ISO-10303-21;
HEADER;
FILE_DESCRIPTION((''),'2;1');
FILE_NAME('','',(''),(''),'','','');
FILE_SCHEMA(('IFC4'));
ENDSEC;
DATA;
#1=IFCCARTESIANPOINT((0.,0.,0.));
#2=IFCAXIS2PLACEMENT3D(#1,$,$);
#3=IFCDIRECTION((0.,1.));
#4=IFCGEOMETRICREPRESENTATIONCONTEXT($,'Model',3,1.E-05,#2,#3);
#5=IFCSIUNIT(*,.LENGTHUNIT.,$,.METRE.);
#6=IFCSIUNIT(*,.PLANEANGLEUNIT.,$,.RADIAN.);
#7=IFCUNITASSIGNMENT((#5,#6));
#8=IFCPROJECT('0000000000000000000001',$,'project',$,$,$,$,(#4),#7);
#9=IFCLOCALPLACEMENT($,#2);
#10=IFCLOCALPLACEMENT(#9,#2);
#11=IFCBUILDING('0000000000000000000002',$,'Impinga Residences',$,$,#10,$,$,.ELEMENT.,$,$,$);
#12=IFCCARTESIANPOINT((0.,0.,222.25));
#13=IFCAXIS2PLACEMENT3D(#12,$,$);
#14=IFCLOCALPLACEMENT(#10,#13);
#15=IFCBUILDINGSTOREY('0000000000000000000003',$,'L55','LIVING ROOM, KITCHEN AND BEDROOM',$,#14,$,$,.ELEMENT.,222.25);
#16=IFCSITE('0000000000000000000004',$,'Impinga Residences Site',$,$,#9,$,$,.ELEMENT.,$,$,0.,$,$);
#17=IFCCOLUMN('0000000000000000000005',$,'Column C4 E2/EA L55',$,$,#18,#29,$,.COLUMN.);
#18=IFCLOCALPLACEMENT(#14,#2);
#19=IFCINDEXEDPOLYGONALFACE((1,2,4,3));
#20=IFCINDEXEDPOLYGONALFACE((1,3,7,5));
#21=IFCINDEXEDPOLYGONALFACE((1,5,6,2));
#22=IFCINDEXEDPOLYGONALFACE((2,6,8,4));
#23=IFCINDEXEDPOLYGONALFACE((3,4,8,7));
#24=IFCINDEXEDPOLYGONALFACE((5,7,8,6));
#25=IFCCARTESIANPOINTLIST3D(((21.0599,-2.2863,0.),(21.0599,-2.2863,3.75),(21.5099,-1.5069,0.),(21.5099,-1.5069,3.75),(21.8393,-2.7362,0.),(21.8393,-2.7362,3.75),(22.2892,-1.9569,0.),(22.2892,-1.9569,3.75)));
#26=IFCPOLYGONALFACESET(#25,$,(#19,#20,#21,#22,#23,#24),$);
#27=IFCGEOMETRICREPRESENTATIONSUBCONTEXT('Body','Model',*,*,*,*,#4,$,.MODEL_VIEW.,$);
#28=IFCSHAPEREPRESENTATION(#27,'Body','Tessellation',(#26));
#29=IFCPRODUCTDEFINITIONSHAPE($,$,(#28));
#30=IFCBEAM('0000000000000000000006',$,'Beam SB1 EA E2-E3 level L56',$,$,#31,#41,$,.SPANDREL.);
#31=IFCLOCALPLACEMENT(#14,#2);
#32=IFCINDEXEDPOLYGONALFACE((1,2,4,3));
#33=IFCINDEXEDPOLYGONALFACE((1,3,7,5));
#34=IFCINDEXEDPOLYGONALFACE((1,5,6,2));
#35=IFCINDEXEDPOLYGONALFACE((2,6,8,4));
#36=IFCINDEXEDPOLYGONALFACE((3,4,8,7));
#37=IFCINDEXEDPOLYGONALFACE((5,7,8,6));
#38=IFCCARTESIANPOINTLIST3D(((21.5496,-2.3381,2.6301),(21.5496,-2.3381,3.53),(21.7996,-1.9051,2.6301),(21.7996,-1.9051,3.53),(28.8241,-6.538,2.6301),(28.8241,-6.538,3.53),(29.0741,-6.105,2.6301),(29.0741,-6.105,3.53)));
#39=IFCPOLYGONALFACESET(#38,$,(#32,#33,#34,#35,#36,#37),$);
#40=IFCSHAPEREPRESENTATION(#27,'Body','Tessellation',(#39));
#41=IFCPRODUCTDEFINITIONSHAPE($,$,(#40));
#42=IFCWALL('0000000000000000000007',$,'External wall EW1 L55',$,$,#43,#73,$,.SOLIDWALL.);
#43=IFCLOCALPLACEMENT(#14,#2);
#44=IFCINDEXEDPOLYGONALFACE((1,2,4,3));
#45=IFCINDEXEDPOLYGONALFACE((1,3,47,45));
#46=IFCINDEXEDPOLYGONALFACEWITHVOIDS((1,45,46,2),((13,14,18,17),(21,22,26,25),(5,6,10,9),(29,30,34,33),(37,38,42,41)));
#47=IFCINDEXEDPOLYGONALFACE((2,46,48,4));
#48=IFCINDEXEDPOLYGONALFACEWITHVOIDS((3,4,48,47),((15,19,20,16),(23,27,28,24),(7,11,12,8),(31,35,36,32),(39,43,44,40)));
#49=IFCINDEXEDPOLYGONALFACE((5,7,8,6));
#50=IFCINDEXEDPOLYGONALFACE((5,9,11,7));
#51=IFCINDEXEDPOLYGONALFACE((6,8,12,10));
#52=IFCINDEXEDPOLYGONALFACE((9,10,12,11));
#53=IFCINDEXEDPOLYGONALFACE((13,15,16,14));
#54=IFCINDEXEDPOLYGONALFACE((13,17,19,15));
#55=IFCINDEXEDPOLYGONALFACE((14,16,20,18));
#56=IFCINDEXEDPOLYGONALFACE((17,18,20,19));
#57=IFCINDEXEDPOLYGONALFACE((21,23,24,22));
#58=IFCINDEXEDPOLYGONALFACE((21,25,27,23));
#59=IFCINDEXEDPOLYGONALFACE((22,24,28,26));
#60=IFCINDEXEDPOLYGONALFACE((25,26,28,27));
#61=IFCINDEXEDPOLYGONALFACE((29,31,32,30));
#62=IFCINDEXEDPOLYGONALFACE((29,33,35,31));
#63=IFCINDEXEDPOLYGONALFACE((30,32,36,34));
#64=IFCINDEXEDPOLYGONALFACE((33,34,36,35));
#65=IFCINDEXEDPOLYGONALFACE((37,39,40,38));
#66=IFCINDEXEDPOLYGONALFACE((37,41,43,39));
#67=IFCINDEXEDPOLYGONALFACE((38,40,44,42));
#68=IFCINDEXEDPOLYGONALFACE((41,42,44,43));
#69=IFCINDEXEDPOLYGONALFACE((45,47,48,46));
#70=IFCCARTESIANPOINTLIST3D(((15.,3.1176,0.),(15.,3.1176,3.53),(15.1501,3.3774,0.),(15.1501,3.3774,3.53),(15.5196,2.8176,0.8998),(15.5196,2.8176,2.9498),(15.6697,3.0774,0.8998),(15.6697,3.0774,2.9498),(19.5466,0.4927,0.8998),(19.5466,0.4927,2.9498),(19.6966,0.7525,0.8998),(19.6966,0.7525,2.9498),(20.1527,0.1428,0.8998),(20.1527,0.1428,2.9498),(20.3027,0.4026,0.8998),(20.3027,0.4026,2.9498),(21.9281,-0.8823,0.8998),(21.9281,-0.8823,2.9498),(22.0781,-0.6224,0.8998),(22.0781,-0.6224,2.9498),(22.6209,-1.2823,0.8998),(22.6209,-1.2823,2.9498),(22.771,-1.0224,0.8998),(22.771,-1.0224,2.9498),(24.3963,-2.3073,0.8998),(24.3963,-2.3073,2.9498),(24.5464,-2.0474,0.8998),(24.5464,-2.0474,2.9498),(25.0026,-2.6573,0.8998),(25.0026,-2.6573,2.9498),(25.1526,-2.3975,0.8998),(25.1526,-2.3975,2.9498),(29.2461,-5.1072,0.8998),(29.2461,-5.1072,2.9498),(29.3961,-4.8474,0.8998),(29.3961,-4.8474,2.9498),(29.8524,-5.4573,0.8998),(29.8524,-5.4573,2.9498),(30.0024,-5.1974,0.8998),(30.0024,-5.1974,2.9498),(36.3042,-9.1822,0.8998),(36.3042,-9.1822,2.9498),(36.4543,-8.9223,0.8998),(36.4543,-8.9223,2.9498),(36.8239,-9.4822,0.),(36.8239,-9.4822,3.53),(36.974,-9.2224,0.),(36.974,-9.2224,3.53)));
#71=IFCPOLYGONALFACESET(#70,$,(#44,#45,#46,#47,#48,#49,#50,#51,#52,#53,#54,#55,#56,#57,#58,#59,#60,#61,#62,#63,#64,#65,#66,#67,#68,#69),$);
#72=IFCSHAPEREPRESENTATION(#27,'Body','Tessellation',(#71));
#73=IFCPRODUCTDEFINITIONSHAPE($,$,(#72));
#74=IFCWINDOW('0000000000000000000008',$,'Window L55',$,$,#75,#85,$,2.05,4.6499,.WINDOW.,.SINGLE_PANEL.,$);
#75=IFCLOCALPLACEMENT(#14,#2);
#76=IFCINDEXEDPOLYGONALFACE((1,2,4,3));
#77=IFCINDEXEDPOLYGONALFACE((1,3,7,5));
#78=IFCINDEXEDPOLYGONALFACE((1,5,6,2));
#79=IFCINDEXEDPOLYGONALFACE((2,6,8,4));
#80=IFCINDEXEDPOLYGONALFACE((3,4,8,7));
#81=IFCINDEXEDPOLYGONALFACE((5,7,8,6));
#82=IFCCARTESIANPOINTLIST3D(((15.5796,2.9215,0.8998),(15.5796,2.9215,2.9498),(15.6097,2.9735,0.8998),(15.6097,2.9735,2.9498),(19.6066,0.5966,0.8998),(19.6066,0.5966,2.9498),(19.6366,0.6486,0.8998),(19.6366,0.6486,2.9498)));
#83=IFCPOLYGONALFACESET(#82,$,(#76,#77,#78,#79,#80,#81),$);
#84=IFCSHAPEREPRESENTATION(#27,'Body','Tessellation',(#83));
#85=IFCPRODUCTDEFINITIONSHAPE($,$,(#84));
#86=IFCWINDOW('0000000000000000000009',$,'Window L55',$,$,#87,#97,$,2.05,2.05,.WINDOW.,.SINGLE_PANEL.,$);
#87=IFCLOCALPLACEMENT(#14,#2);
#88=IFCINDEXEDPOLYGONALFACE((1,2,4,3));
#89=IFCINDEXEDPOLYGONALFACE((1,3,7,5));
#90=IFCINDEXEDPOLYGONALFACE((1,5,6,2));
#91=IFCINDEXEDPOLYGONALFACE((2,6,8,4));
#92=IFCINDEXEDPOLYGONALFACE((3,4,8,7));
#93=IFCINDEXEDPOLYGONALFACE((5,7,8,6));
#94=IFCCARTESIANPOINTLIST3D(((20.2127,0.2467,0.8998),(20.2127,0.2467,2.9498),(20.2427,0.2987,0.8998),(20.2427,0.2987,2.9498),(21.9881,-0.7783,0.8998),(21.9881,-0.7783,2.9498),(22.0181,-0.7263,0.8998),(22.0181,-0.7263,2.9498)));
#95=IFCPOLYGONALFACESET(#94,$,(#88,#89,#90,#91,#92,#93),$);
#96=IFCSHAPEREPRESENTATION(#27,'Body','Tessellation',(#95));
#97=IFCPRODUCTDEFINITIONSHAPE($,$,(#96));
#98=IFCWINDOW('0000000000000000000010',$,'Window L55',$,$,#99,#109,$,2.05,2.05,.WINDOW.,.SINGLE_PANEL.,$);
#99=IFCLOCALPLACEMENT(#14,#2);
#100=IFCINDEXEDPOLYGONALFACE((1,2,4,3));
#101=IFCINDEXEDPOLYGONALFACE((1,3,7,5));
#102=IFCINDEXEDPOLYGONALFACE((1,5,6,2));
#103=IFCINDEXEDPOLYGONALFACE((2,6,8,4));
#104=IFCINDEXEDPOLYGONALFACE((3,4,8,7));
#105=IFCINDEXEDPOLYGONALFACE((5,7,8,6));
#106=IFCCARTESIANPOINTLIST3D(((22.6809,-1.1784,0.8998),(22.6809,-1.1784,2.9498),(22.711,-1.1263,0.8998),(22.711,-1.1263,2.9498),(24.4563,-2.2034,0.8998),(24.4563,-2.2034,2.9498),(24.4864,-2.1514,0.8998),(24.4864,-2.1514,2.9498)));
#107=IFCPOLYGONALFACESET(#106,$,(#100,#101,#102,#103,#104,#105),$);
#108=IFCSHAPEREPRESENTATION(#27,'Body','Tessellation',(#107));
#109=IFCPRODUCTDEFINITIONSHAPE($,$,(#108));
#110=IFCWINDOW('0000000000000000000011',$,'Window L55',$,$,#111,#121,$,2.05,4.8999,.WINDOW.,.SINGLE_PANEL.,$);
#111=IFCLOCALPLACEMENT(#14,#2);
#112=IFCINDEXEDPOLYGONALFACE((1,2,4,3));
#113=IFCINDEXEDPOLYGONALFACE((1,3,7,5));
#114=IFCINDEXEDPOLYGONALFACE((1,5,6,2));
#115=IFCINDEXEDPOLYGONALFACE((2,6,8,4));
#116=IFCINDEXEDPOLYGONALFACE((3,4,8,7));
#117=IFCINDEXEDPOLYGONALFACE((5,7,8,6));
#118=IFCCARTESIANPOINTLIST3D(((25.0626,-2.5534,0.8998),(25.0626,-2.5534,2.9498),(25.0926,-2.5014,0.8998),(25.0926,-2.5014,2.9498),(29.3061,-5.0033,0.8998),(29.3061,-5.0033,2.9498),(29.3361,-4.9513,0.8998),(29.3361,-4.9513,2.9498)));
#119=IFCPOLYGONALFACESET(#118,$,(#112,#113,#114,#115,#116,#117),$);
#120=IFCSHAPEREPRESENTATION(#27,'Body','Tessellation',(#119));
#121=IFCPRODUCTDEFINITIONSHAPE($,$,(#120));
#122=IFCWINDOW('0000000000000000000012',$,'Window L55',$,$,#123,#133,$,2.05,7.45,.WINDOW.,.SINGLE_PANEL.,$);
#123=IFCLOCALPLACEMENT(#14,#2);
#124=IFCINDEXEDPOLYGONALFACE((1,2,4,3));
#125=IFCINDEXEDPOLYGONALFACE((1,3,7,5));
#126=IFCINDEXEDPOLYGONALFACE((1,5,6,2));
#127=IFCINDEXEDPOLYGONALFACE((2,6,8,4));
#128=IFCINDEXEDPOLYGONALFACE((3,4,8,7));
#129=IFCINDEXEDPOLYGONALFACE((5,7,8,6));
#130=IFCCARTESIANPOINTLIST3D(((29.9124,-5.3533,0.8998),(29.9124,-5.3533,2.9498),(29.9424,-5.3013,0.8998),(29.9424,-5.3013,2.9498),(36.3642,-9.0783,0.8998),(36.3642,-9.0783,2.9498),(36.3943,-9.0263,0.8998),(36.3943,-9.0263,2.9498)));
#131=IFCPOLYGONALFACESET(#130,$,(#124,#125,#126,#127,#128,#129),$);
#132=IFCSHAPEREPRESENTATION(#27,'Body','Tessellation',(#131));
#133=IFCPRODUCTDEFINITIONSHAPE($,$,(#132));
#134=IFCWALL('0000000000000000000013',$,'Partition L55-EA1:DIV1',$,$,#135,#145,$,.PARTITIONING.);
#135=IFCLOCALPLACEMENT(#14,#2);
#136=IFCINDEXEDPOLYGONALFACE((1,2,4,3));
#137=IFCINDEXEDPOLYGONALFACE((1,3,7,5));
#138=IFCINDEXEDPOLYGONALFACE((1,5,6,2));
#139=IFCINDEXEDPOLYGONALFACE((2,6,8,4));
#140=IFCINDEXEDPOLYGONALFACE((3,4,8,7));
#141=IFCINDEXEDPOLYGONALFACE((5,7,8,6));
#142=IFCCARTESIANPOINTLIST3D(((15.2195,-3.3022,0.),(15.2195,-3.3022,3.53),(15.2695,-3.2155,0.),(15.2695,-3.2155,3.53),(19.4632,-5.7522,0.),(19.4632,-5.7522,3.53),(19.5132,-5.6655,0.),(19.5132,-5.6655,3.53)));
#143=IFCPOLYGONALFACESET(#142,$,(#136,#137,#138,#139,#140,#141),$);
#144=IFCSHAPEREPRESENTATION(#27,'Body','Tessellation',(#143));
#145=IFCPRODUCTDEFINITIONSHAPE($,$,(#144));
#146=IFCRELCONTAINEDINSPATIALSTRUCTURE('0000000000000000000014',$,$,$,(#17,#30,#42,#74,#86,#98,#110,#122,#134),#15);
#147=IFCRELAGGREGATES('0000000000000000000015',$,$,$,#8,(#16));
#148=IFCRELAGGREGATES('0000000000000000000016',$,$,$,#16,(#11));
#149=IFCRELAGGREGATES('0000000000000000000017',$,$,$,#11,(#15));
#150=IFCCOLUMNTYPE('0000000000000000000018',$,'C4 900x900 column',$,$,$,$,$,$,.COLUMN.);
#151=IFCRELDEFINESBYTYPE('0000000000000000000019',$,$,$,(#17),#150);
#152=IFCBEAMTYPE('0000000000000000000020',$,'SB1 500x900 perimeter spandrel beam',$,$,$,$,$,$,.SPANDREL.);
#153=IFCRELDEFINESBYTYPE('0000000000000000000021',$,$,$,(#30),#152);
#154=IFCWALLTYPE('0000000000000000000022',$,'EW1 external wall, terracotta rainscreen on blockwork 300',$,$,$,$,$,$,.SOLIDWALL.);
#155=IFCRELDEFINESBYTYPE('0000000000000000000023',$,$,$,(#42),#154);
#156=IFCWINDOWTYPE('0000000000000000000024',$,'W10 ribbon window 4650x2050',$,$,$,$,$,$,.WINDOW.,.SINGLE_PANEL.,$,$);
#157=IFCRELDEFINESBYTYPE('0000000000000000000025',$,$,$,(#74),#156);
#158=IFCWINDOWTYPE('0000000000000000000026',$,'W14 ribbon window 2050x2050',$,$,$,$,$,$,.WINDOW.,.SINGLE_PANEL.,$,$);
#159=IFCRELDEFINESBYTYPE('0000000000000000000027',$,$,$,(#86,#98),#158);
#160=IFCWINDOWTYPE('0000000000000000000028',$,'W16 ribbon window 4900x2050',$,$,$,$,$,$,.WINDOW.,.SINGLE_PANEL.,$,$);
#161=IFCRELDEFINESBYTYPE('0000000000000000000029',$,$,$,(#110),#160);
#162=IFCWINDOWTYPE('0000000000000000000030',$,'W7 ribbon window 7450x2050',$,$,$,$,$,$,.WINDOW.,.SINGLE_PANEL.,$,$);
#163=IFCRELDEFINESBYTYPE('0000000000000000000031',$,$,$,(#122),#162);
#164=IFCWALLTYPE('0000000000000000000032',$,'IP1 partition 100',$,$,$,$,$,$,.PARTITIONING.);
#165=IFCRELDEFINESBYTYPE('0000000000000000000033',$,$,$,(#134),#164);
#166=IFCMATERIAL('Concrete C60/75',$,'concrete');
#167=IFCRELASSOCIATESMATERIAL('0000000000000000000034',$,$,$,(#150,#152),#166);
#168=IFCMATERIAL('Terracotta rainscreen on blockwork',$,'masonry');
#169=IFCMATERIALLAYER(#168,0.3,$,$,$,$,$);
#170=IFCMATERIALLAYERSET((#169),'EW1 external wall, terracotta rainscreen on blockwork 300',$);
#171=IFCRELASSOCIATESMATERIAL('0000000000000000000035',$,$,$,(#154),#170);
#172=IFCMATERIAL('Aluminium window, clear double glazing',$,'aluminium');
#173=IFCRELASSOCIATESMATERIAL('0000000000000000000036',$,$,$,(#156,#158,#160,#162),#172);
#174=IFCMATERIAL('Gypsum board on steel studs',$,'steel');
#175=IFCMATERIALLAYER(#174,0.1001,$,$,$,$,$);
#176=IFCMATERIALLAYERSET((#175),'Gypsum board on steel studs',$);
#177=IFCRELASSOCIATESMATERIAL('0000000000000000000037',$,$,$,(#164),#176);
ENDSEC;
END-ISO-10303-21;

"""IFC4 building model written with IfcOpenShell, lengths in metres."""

from ifc_helpers import new_model, si_unit, direction, frame, frame_2d, origin, origin_2d, place, context, subcontext, project, spatial, rectangle, extrude, material, layer, layer_set, material_profile, profile_set, type_object, element, fill, save


model = new_model("IFC4")

# Units and contexts
model_context = context("Model", 3, precision=1e-05, world=origin(), true_north=direction((0.0, 1.0)))
body_context = subcontext(model_context, "Body", "Model", "MODEL_VIEW")
ifc_project = project(units=[si_unit("LENGTHUNIT", "METRE"), si_unit("PLANEANGLEUNIT", "RADIAN")], contexts=[model_context])

# Site, building, storey
site_placement = place(None, origin())
site = spatial("IfcSite", under=ifc_project, at=site_placement, Name="Impinga Residences Site", CompositionType="ELEMENT", RefElevation=0.0)
building_placement = place(site_placement, origin())
building = spatial("IfcBuilding", under=site, at=building_placement, Name="Impinga Residences", CompositionType="ELEMENT")
storey_placement = place(building_placement, frame((0.0, 0.0, 222.25)))
storey = spatial("IfcBuildingStorey", under=building, at=storey_placement, Name="L55", Description="LIVING ROOM, KITCHEN AND BEDROOM", CompositionType="ELEMENT", Elevation=222.25)

# Column
ifc_material_1 = material(Name="Concrete C60/75", Category="concrete")
ifc_material_profile_1 = material_profile(ifc_material_1, rectangle(XDim=0.8999, YDim=0.8999, at=origin_2d()), Name="RC 900x900")
ifc_profile_set_1 = profile_set([ifc_material_profile_1], Name="Concrete C60/75")
column_type = type_object("IfcColumnType", Name="C4 900x900 column", PredefinedType="COLUMN", material=ifc_profile_set_1)
column_placement = place(storey_placement, frame((21.6746, -2.1216, 0.0), z_axis=(0.0, 0.0, 1.0), x_axis=(-0.5, -0.866025, 0.0)))
element("IfcColumn", 1, at=column_placement, inside=storey, type_object=column_type, Name="Column C4 E2/EA L55", PredefinedType="COLUMN", context=body_context, shape_type="SweptSolid", body=[
    extrude(rectangle(XDim=0.8999, YDim=0.8999, at=origin_2d()), origin(), (0.0, 0.0, 1.0), 3.75),
])

# Beam
ifc_material_profile_2 = material_profile(ifc_material_1, rectangle(XDim=0.5, YDim=0.8999, at=origin_2d()), Name="RC 500x900")
ifc_profile_set_2 = profile_set([ifc_material_profile_2], Name="Concrete C60/75")
beam_type = type_object("IfcBeamType", Name="SB1 500x900 perimeter spandrel beam", PredefinedType="SPANDREL", material=ifc_profile_set_2)
beam_placement = place(storey_placement, frame((21.6746, -2.1216, 3.0801), z_axis=(0.866029, -0.499993, 0.0), x_axis=(0.499993, 0.866029, 0.0)))
element("IfcBeam", 2, at=beam_placement, inside=storey, type_object=beam_type, Name="Beam SB1 EA E2-E3 level L56", PredefinedType="SPANDREL", context=body_context, shape_type="SweptSolid", body=[
    extrude(rectangle(XDim=0.5, YDim=0.8999, at=origin_2d()), origin(), (0.0, 0.0, 1.0), 8.3999),
])

# Wall, openings, windows
ifc_material_2 = material(Name="Terracotta rainscreen on blockwork", Category="masonry")
ifc_layer_1 = layer(ifc_material_2, 0.3)
ifc_layer_set_1 = layer_set([ifc_layer_1], Name="EW1 external wall, terracotta rainscreen on blockwork 300")
wall_type_1 = type_object("IfcWallType", Name="EW1 external wall, terracotta rainscreen on blockwork 300", PredefinedType="SOLIDWALL", material=ifc_layer_set_1)
wall_1_placement = place(storey_placement, frame((15.075, 3.2476, 0.0), z_axis=(0.0, 0.0, 1.0), x_axis=(0.866029, -0.499993, 0.0)))
wall_1 = element("IfcWall", 3, at=wall_1_placement, inside=storey, type_object=wall_type_1, Name="External wall EW1 L55", PredefinedType="SOLIDWALL", context=body_context, shape_type="SweptSolid", body=[
    extrude(rectangle(XDim=25.2, YDim=0.3, at=frame_2d((12.6001, 0.0))), origin(), (0.0, 0.0, 1.0), 3.53),
])
opening_1_placement = place(wall_1_placement, frame((0.6001, 0.0, 0.8999)))
opening_1 = element("IfcOpeningElement", 4, at=opening_1_placement, cuts=wall_1, PredefinedType="OPENING", context=body_context, shape_type="SweptSolid", body=[
    extrude(rectangle(XDim=4.6499, YDim=2.05, at=frame_2d((2.325, 1.0249))), frame((0.0, 0.1599, 0.0), z_axis=(0.0, -1.0, 0.0), x_axis=(1.0, 0.0, 0.0)), (0.0, 0.0, 1.0), 0.3201),
])
opening_2_placement = place(wall_1_placement, frame((5.95, 0.0, 0.8999)))
opening_2 = element("IfcOpeningElement", 5, at=opening_2_placement, cuts=wall_1, PredefinedType="OPENING", context=body_context, shape_type="SweptSolid", body=[
    extrude(rectangle(XDim=2.05, YDim=2.05, at=frame_2d((1.0249, 1.0249))), frame((0.0, 0.1599, 0.0), z_axis=(0.0, -1.0, 0.0), x_axis=(1.0, 0.0, 0.0)), (0.0, 0.0, 1.0), 0.3201),
])
opening_3_placement = place(wall_1_placement, frame((8.8, 0.0, 0.8999)))
opening_3 = element("IfcOpeningElement", 6, at=opening_3_placement, cuts=wall_1, PredefinedType="OPENING", context=body_context, shape_type="SweptSolid", body=[
    extrude(rectangle(XDim=2.05, YDim=2.05, at=frame_2d((1.0249, 1.0249))), frame((0.0, 0.1599, 0.0), z_axis=(0.0, -1.0, 0.0), x_axis=(1.0, 0.0, 0.0)), (0.0, 0.0, 1.0), 0.3201),
])
opening_4_placement = place(wall_1_placement, frame((11.55, 0.0, 0.8999)))
opening_4 = element("IfcOpeningElement", 7, at=opening_4_placement, cuts=wall_1, PredefinedType="OPENING", context=body_context, shape_type="SweptSolid", body=[
    extrude(rectangle(XDim=4.8999, YDim=2.05, at=frame_2d((2.45, 1.0249))), frame((0.0, 0.1599, 0.0), z_axis=(0.0, -1.0, 0.0), x_axis=(1.0, 0.0, 0.0)), (0.0, 0.0, 1.0), 0.3201),
])
opening_5_placement = place(wall_1_placement, frame((17.1499, 0.0, 0.8999)))
opening_5 = element("IfcOpeningElement", 8, at=opening_5_placement, cuts=wall_1, PredefinedType="OPENING", context=body_context, shape_type="SweptSolid", body=[
    extrude(rectangle(XDim=7.45, YDim=2.05, at=frame_2d((3.7251, 1.0249))), frame((0.0, 0.1599, 0.0), z_axis=(0.0, -1.0, 0.0), x_axis=(1.0, 0.0, 0.0)), (0.0, 0.0, 1.0), 0.3201),
])
ifc_material_3 = material(Name="Aluminium window, clear double glazing", Category="aluminium")
window_type_1 = type_object("IfcWindowType", Name="W10 ribbon window 4650x2050", PartitioningType="SINGLE_PANEL", PredefinedType="WINDOW", material=ifc_material_3)
window_1_placement = place(opening_1_placement, origin())
window_1 = element("IfcWindow", 9, at=window_1_placement, inside=storey, type_object=window_type_1, Name="Window L55", OverallHeight=2.05, OverallWidth=4.6499, PartitioningType="SINGLE_PANEL", PredefinedType="WINDOW", context=body_context, shape_type="SweptSolid", body=[
    extrude(rectangle(XDim=4.6499, YDim=2.05, at=frame_2d((2.325, 1.0249))), frame((0.0, 0.03, 0.0), z_axis=(0.0, -1.0, 0.0), x_axis=(1.0, 0.0, 0.0)), (0.0, 0.0, 1.0), 0.0601),
])
fill(opening_1, window_1)
window_type_2 = type_object("IfcWindowType", Name="W14 ribbon window 2050x2050", PartitioningType="SINGLE_PANEL", PredefinedType="WINDOW", material=ifc_material_3)
window_2_placement = place(opening_2_placement, origin())
window_2 = element("IfcWindow", 10, at=window_2_placement, inside=storey, type_object=window_type_2, Name="Window L55", OverallHeight=2.05, OverallWidth=2.05, PartitioningType="SINGLE_PANEL", PredefinedType="WINDOW", context=body_context, shape_type="SweptSolid", body=[
    extrude(rectangle(XDim=2.05, YDim=2.05, at=frame_2d((1.0249, 1.0249))), frame((0.0, 0.03, 0.0), z_axis=(0.0, -1.0, 0.0), x_axis=(1.0, 0.0, 0.0)), (0.0, 0.0, 1.0), 0.0601),
])
fill(opening_2, window_2)
window_3_placement = place(opening_3_placement, origin())
window_3 = element("IfcWindow", 11, at=window_3_placement, inside=storey, type_object=window_type_2, Name="Window L55", OverallHeight=2.05, OverallWidth=2.05, PartitioningType="SINGLE_PANEL", PredefinedType="WINDOW", context=body_context, shape_type="SweptSolid", body=[
    extrude(rectangle(XDim=2.05, YDim=2.05, at=frame_2d((1.0249, 1.0249))), frame((0.0, 0.03, 0.0), z_axis=(0.0, -1.0, 0.0), x_axis=(1.0, 0.0, 0.0)), (0.0, 0.0, 1.0), 0.0601),
])
fill(opening_3, window_3)
window_type_3 = type_object("IfcWindowType", Name="W16 ribbon window 4900x2050", PartitioningType="SINGLE_PANEL", PredefinedType="WINDOW", material=ifc_material_3)
window_4_placement = place(opening_4_placement, origin())
window_4 = element("IfcWindow", 12, at=window_4_placement, inside=storey, type_object=window_type_3, Name="Window L55", OverallHeight=2.05, OverallWidth=4.8999, PartitioningType="SINGLE_PANEL", PredefinedType="WINDOW", context=body_context, shape_type="SweptSolid", body=[
    extrude(rectangle(XDim=4.8999, YDim=2.05, at=frame_2d((2.45, 1.0249))), frame((0.0, 0.03, 0.0), z_axis=(0.0, -1.0, 0.0), x_axis=(1.0, 0.0, 0.0)), (0.0, 0.0, 1.0), 0.0601),
])
fill(opening_4, window_4)
window_type_4 = type_object("IfcWindowType", Name="W7 ribbon window 7450x2050", PartitioningType="SINGLE_PANEL", PredefinedType="WINDOW", material=ifc_material_3)
window_5_placement = place(opening_5_placement, origin())
window_5 = element("IfcWindow", 13, at=window_5_placement, inside=storey, type_object=window_type_4, Name="Window L55", OverallHeight=2.05, OverallWidth=7.45, PartitioningType="SINGLE_PANEL", PredefinedType="WINDOW", context=body_context, shape_type="SweptSolid", body=[
    extrude(rectangle(XDim=7.45, YDim=2.05, at=frame_2d((3.7251, 1.0249))), frame((0.0, 0.03, 0.0), z_axis=(0.0, -1.0, 0.0), x_axis=(1.0, 0.0, 0.0)), (0.0, 0.0, 1.0), 0.0601),
])
fill(opening_5, window_5)

# Wall
ifc_material_4 = material(Name="Gypsum board on steel studs", Category="steel")
ifc_layer_2 = layer(ifc_material_4, 0.1001)
ifc_layer_set_2 = layer_set([ifc_layer_2], Name="Gypsum board on steel studs")
wall_type_2 = type_object("IfcWallType", Name="IP1 partition 100", PredefinedType="PARTITIONING", material=ifc_layer_set_2)
wall_2_placement = place(storey_placement, frame((15.2444, -3.2588, 0.0), z_axis=(0.0, 0.0, 1.0), x_axis=(0.866036, -0.499981, 0.0)))
element("IfcWall", 14, at=wall_2_placement, inside=storey, type_object=wall_type_2, Name="Partition L55-EA1:DIV1", PredefinedType="PARTITIONING", context=body_context, shape_type="SweptSolid", body=[
    extrude(rectangle(XDim=4.9001, YDim=0.1001, at=frame_2d((2.4502, 0.0))), origin(), (0.0, 0.0, 1.0), 3.53),
])

save(model, "model.ifc")
